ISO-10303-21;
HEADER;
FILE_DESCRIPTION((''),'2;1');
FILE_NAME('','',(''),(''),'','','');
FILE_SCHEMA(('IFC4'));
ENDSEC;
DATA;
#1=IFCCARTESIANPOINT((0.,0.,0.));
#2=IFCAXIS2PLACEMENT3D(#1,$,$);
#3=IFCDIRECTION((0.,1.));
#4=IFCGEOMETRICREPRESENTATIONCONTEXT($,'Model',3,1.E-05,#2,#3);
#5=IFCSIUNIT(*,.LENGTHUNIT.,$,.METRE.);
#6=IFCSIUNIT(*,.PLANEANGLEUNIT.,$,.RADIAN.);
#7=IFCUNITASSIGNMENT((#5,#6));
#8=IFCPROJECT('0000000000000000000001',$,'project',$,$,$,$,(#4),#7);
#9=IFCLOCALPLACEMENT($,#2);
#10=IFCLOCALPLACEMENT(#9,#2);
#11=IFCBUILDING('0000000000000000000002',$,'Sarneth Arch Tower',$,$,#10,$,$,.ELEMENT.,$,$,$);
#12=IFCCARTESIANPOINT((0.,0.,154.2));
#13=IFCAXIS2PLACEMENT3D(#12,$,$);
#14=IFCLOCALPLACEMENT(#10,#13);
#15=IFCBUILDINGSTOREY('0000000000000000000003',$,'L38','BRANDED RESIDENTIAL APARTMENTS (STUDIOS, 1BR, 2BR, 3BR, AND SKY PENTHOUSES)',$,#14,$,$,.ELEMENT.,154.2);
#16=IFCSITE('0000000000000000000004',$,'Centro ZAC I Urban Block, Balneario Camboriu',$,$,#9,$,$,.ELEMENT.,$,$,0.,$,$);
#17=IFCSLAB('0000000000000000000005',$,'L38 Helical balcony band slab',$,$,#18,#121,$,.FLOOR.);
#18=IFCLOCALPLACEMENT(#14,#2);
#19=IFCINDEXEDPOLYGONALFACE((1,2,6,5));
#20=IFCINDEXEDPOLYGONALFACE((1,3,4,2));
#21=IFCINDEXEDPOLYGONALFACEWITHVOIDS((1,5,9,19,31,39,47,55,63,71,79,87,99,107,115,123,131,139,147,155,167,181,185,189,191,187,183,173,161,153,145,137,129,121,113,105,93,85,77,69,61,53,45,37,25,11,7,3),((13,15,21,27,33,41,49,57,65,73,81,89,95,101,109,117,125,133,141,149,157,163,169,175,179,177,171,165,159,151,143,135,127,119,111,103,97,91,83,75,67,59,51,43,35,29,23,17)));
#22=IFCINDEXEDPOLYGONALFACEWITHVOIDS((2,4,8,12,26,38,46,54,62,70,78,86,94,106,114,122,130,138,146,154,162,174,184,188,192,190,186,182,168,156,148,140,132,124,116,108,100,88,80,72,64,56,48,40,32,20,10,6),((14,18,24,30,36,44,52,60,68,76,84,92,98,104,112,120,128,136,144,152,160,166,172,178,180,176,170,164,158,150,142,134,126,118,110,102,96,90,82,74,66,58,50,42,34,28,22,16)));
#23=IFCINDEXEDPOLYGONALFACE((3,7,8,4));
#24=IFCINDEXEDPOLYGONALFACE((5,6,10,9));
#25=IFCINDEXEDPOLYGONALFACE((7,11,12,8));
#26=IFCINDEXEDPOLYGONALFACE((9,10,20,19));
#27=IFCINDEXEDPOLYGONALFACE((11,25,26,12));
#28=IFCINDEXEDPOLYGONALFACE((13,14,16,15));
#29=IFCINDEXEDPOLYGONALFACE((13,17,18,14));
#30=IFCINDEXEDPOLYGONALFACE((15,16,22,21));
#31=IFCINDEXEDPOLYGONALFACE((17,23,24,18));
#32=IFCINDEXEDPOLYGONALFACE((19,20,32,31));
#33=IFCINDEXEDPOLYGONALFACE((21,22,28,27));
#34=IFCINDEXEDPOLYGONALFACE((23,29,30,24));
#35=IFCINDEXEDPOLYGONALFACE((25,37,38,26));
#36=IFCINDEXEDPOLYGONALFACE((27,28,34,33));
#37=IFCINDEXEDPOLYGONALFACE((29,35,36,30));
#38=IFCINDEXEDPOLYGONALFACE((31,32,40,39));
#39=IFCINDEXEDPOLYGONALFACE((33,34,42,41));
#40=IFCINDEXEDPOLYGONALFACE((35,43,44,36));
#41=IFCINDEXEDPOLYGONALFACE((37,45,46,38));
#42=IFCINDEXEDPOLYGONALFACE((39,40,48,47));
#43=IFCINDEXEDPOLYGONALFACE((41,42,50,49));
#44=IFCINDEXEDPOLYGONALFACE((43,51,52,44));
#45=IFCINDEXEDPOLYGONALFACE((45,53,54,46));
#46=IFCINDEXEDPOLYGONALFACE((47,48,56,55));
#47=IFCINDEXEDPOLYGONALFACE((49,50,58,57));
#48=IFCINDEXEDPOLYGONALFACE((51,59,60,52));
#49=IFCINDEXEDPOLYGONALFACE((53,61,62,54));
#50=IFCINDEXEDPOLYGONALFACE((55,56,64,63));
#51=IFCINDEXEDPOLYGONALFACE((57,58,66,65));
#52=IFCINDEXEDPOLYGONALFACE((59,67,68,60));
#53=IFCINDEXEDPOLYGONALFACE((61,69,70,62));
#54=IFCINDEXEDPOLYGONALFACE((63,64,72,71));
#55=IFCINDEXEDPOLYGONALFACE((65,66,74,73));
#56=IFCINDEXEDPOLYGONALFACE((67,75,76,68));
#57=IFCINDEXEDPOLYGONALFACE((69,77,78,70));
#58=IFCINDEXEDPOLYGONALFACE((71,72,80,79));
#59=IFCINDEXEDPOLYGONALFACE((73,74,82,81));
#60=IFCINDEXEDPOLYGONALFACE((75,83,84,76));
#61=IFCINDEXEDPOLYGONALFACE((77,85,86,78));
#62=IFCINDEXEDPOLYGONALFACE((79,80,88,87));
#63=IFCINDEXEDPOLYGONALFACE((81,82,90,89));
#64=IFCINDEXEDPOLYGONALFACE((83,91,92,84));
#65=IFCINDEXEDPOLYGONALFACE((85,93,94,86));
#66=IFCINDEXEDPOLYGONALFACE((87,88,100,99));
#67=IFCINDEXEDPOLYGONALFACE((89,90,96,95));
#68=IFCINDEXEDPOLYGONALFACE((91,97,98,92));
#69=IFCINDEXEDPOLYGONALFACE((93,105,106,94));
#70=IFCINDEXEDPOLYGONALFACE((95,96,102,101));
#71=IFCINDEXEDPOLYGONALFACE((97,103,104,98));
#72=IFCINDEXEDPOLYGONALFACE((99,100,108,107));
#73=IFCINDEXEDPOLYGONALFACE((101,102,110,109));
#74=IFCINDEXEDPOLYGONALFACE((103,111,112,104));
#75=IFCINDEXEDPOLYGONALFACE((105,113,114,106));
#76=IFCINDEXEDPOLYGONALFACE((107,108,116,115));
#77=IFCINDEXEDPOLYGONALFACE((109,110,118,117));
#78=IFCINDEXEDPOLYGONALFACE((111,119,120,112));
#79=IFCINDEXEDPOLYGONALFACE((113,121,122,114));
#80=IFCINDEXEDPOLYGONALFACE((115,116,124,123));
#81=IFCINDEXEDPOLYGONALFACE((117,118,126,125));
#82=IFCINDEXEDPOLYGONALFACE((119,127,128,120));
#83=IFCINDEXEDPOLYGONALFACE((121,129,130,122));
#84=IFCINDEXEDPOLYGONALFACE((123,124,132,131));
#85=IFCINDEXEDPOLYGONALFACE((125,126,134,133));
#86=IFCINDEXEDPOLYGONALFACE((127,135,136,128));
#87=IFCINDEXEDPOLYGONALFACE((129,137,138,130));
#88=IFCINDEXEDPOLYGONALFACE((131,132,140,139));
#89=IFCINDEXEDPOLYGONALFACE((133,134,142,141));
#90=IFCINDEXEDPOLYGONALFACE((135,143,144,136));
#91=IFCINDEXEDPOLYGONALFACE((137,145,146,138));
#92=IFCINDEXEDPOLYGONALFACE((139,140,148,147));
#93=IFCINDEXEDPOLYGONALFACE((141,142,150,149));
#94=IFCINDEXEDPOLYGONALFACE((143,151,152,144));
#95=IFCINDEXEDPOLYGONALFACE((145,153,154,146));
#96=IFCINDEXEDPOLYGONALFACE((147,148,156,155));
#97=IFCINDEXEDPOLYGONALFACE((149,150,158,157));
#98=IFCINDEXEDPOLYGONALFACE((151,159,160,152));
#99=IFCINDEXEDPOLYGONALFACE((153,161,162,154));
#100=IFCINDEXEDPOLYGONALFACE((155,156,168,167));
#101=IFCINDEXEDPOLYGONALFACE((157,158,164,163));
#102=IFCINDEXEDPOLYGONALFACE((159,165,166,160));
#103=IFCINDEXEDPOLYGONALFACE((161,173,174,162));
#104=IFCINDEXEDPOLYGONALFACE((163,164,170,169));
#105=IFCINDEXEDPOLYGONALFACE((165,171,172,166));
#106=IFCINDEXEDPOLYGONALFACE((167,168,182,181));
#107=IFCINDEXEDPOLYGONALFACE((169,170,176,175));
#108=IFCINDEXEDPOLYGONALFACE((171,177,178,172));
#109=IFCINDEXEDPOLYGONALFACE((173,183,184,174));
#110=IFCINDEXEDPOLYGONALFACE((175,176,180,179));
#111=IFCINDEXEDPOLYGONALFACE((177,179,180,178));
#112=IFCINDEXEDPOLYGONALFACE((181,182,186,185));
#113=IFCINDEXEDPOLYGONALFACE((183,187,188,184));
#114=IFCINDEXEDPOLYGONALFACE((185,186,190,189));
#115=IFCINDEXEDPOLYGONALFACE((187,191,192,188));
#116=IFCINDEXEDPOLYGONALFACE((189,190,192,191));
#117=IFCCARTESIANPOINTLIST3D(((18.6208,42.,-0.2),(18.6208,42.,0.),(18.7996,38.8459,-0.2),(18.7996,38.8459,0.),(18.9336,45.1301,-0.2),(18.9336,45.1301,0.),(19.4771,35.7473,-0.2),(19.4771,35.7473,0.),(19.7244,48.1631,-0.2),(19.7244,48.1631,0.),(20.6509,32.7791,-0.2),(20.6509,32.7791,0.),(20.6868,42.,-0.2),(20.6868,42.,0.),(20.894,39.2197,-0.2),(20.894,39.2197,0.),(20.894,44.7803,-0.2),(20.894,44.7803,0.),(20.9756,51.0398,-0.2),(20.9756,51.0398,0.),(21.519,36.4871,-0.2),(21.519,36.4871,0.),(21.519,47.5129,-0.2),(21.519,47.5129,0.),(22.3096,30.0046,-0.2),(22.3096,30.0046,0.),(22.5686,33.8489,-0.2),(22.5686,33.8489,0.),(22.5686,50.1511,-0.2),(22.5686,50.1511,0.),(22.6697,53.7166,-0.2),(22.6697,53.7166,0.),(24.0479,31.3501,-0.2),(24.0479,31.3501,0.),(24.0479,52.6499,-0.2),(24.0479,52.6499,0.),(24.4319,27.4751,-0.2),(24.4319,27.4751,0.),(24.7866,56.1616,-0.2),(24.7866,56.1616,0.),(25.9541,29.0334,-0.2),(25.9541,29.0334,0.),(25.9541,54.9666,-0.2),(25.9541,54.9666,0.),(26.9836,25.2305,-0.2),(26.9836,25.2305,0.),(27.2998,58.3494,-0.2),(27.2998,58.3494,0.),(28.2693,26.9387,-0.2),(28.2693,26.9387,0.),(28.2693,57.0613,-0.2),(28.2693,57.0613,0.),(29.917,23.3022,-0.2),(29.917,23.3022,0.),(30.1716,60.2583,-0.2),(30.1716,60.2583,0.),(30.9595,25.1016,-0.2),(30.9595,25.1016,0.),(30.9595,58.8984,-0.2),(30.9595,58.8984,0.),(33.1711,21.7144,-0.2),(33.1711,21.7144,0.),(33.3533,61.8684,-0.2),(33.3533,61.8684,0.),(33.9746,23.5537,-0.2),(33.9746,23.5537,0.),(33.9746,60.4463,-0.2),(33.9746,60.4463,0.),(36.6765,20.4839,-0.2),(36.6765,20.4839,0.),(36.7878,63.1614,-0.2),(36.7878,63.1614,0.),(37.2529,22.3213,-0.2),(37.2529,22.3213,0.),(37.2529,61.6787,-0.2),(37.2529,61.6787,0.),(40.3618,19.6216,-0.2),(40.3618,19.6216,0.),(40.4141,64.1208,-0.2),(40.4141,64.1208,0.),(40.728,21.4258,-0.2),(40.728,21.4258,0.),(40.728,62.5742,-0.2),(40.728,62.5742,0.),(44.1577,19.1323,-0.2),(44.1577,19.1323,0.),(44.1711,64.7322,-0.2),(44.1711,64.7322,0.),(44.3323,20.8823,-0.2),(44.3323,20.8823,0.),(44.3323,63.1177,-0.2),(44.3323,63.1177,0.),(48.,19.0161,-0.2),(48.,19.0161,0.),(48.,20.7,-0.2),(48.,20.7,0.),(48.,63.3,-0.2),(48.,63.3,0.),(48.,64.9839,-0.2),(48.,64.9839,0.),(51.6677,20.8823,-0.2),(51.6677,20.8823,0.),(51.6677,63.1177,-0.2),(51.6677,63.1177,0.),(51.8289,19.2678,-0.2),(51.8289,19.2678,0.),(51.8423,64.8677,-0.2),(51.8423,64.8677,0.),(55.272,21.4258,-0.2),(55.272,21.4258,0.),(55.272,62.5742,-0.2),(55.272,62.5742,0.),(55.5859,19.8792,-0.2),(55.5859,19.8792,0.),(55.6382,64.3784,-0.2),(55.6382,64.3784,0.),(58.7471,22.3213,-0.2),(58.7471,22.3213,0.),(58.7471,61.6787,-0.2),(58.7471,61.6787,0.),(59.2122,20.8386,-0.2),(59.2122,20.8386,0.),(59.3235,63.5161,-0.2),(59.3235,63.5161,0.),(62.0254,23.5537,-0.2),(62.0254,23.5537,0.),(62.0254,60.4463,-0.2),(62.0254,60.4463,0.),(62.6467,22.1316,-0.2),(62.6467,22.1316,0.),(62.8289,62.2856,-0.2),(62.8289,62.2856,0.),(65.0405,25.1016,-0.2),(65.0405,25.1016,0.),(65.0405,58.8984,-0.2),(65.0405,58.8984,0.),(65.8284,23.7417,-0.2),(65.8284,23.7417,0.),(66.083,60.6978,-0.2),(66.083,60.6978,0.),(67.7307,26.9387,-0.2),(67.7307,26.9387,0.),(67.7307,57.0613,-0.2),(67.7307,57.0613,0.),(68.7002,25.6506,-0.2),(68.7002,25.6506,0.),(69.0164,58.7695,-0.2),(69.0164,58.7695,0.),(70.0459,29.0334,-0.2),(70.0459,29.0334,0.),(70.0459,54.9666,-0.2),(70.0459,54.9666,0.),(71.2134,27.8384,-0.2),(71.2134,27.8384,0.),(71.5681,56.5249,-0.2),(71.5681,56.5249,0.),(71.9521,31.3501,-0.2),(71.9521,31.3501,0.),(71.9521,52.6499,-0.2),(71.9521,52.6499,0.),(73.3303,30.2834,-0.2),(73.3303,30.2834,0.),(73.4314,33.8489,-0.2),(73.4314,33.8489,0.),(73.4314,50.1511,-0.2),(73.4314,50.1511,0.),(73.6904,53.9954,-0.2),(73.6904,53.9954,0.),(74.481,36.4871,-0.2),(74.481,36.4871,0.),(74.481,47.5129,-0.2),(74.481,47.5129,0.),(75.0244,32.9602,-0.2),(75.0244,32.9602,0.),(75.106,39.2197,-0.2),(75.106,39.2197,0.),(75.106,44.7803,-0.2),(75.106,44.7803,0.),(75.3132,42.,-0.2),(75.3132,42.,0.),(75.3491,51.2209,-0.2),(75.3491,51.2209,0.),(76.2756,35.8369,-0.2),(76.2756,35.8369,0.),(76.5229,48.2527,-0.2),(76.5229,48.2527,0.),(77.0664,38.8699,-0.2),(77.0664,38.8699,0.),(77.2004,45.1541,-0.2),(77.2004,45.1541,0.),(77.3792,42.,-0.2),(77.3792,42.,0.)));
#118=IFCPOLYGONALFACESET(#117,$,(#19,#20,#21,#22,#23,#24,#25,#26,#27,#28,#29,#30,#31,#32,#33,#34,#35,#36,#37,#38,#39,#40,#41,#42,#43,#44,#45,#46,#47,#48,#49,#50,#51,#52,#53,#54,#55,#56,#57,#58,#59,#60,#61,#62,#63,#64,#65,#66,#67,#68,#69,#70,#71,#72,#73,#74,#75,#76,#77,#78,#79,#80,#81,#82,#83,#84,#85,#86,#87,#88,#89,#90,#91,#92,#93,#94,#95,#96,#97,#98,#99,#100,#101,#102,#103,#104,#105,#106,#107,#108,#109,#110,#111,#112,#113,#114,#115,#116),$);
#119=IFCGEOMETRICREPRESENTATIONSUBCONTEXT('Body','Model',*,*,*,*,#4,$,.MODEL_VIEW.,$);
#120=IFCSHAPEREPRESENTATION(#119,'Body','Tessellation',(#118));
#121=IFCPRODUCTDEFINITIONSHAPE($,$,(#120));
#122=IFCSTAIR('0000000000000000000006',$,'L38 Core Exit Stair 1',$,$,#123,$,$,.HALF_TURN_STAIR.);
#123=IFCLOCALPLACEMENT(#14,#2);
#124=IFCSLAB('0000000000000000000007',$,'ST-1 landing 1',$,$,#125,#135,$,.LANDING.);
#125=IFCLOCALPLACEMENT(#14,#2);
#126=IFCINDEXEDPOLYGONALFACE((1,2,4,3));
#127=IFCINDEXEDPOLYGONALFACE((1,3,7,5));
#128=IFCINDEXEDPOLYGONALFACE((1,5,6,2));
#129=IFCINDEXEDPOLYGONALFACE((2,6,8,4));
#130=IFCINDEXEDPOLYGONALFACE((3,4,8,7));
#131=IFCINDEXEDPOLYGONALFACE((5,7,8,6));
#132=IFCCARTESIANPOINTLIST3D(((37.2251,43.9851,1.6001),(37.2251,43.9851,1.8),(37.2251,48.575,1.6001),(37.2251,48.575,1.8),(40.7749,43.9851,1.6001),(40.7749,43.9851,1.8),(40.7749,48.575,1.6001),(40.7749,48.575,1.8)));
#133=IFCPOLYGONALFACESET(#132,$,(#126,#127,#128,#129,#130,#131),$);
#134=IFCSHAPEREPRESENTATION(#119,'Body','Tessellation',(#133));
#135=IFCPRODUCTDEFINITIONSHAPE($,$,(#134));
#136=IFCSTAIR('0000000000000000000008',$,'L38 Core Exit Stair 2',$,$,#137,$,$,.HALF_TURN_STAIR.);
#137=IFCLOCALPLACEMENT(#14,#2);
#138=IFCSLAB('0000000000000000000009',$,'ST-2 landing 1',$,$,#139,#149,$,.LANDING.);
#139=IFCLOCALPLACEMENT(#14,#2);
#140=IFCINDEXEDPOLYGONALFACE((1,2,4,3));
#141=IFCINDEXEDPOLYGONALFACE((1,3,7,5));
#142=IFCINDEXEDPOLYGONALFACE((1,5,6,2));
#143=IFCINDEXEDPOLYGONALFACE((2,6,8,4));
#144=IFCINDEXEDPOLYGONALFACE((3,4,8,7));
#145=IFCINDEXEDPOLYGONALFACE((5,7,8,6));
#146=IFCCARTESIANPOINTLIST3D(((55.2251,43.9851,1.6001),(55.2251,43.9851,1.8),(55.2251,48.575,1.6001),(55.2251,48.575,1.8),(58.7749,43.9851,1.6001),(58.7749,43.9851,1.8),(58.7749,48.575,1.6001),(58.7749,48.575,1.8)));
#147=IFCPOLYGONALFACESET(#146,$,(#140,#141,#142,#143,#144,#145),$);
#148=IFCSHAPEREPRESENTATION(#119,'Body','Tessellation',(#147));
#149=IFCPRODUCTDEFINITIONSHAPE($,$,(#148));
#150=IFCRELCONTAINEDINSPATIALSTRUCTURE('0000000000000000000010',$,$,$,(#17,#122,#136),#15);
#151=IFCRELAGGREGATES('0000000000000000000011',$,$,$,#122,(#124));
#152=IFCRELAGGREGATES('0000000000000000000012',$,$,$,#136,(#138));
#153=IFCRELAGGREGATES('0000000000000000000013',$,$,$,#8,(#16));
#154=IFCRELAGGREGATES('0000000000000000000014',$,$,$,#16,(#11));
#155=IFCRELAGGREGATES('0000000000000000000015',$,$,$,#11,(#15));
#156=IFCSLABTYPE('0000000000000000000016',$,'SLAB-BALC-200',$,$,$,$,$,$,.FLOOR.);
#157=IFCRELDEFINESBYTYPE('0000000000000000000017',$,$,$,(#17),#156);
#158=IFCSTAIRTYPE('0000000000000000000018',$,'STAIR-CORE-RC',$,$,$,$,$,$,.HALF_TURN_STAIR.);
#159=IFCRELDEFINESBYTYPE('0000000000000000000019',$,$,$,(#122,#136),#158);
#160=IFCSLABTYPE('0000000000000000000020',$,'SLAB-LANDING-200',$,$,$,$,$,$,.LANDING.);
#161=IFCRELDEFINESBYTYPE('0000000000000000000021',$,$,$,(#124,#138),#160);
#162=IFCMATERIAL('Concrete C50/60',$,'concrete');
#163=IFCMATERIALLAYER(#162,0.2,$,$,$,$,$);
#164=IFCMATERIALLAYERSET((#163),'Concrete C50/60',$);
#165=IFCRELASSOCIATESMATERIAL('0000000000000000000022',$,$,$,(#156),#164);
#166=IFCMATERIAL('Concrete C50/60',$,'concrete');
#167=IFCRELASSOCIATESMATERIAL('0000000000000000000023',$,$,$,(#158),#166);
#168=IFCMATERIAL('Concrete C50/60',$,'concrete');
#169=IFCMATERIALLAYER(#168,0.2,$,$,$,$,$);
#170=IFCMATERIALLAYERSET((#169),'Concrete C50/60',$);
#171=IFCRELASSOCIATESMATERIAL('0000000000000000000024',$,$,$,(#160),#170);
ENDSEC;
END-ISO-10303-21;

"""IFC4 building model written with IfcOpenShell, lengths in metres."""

from ifc_helpers import new_model, si_unit, direction, frame, origin, place, context, subcontext, project, spatial, polyline, outline, extrude, material, layer, layer_set, type_object, element, aggregate, save


model = new_model("IFC4")

# Units and contexts
model_context = context("Model", 3, precision=1e-05, world=origin(), true_north=direction((0.0, 1.0)))
body_context = subcontext(model_context, "Body", "Model", "MODEL_VIEW")
ifc_project = project(units=[si_unit("LENGTHUNIT", "METRE"), si_unit("PLANEANGLEUNIT", "RADIAN")], contexts=[model_context])

# Site, building, storey
site_placement = place(None, origin())
site = spatial("IfcSite", under=ifc_project, at=site_placement, Name="Centro ZAC I Urban Block, Balneario Camboriu", CompositionType="ELEMENT", RefElevation=0.0)
building_placement = place(site_placement, origin())
building = spatial("IfcBuilding", under=site, at=building_placement, Name="Sarneth Arch Tower", CompositionType="ELEMENT")
storey_placement = place(building_placement, frame((0.0, 0.0, 154.2)))
storey = spatial("IfcBuildingStorey", under=building, at=storey_placement, Name="L38", Description="BRANDED RESIDENTIAL APARTMENTS (STUDIOS, 1BR, 2BR, 3BR, AND SKY PENTHOUSES)", CompositionType="ELEMENT", Elevation=154.2)

# Slab
ifc_material_1 = material(Name="Concrete C50/60", Category="concrete")
ifc_layer_1 = layer(ifc_material_1, 0.2)
ifc_layer_set_1 = layer_set([ifc_layer_1], Name="Concrete C50/60")
slab_type_1 = type_object("IfcSlabType", Name="SLAB-BALC-200", PredefinedType="FLOOR", material=ifc_layer_set_1)
slab_1_placement = place(storey_placement, frame((0.0, 0.0, -0.2)))
element("IfcSlab", 1, at=slab_1_placement, inside=storey, type_object=slab_type_1, Name="L38 Helical balcony band slab", PredefinedType="FLOOR", context=body_context, shape_type="SweptSolid", body=[
    extrude(outline(polyline([(77.3792, 42.0), (77.2004, 45.1541), (76.5229, 48.2527), (75.3491, 51.2209), (73.6904, 53.9954), (71.5681, 56.5249), (69.0164, 58.7695), (66.083, 60.6978), (62.8289, 62.2856), (59.3235, 63.5161), (55.6382, 64.3784), (51.8423, 64.8677), (48.0, 64.9839), (44.1711, 64.7322), (40.4141, 64.1208), (36.7878, 63.1614), (33.3533, 61.8684), (30.1716, 60.2583), (27.2998, 58.3494), (24.7866, 56.1616), (22.6697, 53.7166), (20.9756, 51.0398), (19.7244, 48.1631), (18.9336, 45.1301), (18.6208, 42.0), (18.7996, 38.8459), (19.4771, 35.7473), (20.6509, 32.7791), (22.3096, 30.0046), (24.4319, 27.4751), (26.9836, 25.2305), (29.917, 23.3022), (33.1711, 21.7144), (36.6765, 20.4839), (40.3618, 19.6216), (44.1577, 19.1323), (48.0, 19.0161), (51.8289, 19.2678), (55.5859, 19.8792), (59.2122, 20.8386), (62.6467, 22.1316), (65.8284, 23.7417), (68.7002, 25.6506), (71.2134, 27.8384), (73.3303, 30.2834), (75.0244, 32.9602), (76.2756, 35.8369), (77.0664, 38.8699), (77.3792, 42.0)]), holes=[polyline([(75.3132, 42.0), (75.106, 44.7803), (74.481, 47.5129), (73.4314, 50.1511), (71.9521, 52.6499), (70.0459, 54.9666), (67.7307, 57.0613), (65.0405, 58.8984), (62.0254, 60.4463), (58.7471, 61.6787), (55.272, 62.5742), (51.6677, 63.1177), (48.0, 63.3), (44.3323, 63.1177), (40.728, 62.5742), (37.2529, 61.6787), (33.9746, 60.4463), (30.9595, 58.8984), (28.2693, 57.0613), (25.9541, 54.9666), (24.0479, 52.6499), (22.5686, 50.1511), (21.519, 47.5129), (20.894, 44.7803), (20.6868, 42.0), (20.894, 39.2197), (21.519, 36.4871), (22.5686, 33.8489), (24.0479, 31.3501), (25.9541, 29.0334), (28.2693, 26.9387), (30.9595, 25.1016), (33.9746, 23.5537), (37.2529, 22.3213), (40.728, 21.4258), (44.3323, 20.8823), (48.0, 20.7), (51.6677, 20.8823), (55.272, 21.4258), (58.7471, 22.3213), (62.0254, 23.5537), (65.0405, 25.1016), (67.7307, 26.9387), (70.0459, 29.0334), (71.9521, 31.3501), (73.4314, 33.8489), (74.481, 36.4871), (75.106, 39.2197), (75.3132, 42.0)])]), origin(), (0.0, 0.0, 1.0), 0.2),
])

# Stairs, slabs
ifc_material_2 = material(Name="Concrete C50/60", Category="concrete")
stair_type = type_object("IfcStairType", Name="STAIR-CORE-RC", PredefinedType="HALF_TURN_STAIR", material=ifc_material_2)
stair_1_placement = place(storey_placement, origin())
stair_1 = element("IfcStair", 2, at=stair_1_placement, inside=storey, type_object=stair_type, Name="L38 Core Exit Stair 1", PredefinedType="HALF_TURN_STAIR")
ifc_material_3 = material(Name="Concrete C50/60", Category="concrete")
ifc_layer_2 = layer(ifc_material_3, 0.2)
ifc_layer_set_2 = layer_set([ifc_layer_2], Name="Concrete C50/60")
slab_type_2 = type_object("IfcSlabType", Name="SLAB-LANDING-200", PredefinedType="LANDING", material=ifc_layer_set_2)
slab_2_placement = place(storey_placement, frame((0.0, 0.0, 1.6001)))
slab_2 = element("IfcSlab", 3, at=slab_2_placement, type_object=slab_type_2, Name="ST-1 landing 1", PredefinedType="LANDING", context=body_context, shape_type="SweptSolid", body=[
    extrude(outline(polyline([(37.2251, 43.9851), (40.7749, 43.9851), (40.7749, 48.575), (37.2251, 48.575), (37.2251, 43.9851)])), origin(), (0.0, 0.0, 1.0), 0.2),
])
aggregate(stair_1, [slab_2])
stair_2_placement = place(storey_placement, origin())
stair_2 = element("IfcStair", 4, at=stair_2_placement, inside=storey, type_object=stair_type, Name="L38 Core Exit Stair 2", PredefinedType="HALF_TURN_STAIR")
slab_3_placement = place(storey_placement, frame((0.0, 0.0, 1.6001)))
slab_3 = element("IfcSlab", 5, at=slab_3_placement, type_object=slab_type_2, Name="ST-2 landing 1", PredefinedType="LANDING", context=body_context, shape_type="SweptSolid", body=[
    extrude(outline(polyline([(55.2251, 43.9851), (58.7749, 43.9851), (58.7749, 48.575), (55.2251, 48.575), (55.2251, 43.9851)])), origin(), (0.0, 0.0, 1.0), 0.2),
])
aggregate(stair_2, [slab_3])

save(model, "model.ifc")
